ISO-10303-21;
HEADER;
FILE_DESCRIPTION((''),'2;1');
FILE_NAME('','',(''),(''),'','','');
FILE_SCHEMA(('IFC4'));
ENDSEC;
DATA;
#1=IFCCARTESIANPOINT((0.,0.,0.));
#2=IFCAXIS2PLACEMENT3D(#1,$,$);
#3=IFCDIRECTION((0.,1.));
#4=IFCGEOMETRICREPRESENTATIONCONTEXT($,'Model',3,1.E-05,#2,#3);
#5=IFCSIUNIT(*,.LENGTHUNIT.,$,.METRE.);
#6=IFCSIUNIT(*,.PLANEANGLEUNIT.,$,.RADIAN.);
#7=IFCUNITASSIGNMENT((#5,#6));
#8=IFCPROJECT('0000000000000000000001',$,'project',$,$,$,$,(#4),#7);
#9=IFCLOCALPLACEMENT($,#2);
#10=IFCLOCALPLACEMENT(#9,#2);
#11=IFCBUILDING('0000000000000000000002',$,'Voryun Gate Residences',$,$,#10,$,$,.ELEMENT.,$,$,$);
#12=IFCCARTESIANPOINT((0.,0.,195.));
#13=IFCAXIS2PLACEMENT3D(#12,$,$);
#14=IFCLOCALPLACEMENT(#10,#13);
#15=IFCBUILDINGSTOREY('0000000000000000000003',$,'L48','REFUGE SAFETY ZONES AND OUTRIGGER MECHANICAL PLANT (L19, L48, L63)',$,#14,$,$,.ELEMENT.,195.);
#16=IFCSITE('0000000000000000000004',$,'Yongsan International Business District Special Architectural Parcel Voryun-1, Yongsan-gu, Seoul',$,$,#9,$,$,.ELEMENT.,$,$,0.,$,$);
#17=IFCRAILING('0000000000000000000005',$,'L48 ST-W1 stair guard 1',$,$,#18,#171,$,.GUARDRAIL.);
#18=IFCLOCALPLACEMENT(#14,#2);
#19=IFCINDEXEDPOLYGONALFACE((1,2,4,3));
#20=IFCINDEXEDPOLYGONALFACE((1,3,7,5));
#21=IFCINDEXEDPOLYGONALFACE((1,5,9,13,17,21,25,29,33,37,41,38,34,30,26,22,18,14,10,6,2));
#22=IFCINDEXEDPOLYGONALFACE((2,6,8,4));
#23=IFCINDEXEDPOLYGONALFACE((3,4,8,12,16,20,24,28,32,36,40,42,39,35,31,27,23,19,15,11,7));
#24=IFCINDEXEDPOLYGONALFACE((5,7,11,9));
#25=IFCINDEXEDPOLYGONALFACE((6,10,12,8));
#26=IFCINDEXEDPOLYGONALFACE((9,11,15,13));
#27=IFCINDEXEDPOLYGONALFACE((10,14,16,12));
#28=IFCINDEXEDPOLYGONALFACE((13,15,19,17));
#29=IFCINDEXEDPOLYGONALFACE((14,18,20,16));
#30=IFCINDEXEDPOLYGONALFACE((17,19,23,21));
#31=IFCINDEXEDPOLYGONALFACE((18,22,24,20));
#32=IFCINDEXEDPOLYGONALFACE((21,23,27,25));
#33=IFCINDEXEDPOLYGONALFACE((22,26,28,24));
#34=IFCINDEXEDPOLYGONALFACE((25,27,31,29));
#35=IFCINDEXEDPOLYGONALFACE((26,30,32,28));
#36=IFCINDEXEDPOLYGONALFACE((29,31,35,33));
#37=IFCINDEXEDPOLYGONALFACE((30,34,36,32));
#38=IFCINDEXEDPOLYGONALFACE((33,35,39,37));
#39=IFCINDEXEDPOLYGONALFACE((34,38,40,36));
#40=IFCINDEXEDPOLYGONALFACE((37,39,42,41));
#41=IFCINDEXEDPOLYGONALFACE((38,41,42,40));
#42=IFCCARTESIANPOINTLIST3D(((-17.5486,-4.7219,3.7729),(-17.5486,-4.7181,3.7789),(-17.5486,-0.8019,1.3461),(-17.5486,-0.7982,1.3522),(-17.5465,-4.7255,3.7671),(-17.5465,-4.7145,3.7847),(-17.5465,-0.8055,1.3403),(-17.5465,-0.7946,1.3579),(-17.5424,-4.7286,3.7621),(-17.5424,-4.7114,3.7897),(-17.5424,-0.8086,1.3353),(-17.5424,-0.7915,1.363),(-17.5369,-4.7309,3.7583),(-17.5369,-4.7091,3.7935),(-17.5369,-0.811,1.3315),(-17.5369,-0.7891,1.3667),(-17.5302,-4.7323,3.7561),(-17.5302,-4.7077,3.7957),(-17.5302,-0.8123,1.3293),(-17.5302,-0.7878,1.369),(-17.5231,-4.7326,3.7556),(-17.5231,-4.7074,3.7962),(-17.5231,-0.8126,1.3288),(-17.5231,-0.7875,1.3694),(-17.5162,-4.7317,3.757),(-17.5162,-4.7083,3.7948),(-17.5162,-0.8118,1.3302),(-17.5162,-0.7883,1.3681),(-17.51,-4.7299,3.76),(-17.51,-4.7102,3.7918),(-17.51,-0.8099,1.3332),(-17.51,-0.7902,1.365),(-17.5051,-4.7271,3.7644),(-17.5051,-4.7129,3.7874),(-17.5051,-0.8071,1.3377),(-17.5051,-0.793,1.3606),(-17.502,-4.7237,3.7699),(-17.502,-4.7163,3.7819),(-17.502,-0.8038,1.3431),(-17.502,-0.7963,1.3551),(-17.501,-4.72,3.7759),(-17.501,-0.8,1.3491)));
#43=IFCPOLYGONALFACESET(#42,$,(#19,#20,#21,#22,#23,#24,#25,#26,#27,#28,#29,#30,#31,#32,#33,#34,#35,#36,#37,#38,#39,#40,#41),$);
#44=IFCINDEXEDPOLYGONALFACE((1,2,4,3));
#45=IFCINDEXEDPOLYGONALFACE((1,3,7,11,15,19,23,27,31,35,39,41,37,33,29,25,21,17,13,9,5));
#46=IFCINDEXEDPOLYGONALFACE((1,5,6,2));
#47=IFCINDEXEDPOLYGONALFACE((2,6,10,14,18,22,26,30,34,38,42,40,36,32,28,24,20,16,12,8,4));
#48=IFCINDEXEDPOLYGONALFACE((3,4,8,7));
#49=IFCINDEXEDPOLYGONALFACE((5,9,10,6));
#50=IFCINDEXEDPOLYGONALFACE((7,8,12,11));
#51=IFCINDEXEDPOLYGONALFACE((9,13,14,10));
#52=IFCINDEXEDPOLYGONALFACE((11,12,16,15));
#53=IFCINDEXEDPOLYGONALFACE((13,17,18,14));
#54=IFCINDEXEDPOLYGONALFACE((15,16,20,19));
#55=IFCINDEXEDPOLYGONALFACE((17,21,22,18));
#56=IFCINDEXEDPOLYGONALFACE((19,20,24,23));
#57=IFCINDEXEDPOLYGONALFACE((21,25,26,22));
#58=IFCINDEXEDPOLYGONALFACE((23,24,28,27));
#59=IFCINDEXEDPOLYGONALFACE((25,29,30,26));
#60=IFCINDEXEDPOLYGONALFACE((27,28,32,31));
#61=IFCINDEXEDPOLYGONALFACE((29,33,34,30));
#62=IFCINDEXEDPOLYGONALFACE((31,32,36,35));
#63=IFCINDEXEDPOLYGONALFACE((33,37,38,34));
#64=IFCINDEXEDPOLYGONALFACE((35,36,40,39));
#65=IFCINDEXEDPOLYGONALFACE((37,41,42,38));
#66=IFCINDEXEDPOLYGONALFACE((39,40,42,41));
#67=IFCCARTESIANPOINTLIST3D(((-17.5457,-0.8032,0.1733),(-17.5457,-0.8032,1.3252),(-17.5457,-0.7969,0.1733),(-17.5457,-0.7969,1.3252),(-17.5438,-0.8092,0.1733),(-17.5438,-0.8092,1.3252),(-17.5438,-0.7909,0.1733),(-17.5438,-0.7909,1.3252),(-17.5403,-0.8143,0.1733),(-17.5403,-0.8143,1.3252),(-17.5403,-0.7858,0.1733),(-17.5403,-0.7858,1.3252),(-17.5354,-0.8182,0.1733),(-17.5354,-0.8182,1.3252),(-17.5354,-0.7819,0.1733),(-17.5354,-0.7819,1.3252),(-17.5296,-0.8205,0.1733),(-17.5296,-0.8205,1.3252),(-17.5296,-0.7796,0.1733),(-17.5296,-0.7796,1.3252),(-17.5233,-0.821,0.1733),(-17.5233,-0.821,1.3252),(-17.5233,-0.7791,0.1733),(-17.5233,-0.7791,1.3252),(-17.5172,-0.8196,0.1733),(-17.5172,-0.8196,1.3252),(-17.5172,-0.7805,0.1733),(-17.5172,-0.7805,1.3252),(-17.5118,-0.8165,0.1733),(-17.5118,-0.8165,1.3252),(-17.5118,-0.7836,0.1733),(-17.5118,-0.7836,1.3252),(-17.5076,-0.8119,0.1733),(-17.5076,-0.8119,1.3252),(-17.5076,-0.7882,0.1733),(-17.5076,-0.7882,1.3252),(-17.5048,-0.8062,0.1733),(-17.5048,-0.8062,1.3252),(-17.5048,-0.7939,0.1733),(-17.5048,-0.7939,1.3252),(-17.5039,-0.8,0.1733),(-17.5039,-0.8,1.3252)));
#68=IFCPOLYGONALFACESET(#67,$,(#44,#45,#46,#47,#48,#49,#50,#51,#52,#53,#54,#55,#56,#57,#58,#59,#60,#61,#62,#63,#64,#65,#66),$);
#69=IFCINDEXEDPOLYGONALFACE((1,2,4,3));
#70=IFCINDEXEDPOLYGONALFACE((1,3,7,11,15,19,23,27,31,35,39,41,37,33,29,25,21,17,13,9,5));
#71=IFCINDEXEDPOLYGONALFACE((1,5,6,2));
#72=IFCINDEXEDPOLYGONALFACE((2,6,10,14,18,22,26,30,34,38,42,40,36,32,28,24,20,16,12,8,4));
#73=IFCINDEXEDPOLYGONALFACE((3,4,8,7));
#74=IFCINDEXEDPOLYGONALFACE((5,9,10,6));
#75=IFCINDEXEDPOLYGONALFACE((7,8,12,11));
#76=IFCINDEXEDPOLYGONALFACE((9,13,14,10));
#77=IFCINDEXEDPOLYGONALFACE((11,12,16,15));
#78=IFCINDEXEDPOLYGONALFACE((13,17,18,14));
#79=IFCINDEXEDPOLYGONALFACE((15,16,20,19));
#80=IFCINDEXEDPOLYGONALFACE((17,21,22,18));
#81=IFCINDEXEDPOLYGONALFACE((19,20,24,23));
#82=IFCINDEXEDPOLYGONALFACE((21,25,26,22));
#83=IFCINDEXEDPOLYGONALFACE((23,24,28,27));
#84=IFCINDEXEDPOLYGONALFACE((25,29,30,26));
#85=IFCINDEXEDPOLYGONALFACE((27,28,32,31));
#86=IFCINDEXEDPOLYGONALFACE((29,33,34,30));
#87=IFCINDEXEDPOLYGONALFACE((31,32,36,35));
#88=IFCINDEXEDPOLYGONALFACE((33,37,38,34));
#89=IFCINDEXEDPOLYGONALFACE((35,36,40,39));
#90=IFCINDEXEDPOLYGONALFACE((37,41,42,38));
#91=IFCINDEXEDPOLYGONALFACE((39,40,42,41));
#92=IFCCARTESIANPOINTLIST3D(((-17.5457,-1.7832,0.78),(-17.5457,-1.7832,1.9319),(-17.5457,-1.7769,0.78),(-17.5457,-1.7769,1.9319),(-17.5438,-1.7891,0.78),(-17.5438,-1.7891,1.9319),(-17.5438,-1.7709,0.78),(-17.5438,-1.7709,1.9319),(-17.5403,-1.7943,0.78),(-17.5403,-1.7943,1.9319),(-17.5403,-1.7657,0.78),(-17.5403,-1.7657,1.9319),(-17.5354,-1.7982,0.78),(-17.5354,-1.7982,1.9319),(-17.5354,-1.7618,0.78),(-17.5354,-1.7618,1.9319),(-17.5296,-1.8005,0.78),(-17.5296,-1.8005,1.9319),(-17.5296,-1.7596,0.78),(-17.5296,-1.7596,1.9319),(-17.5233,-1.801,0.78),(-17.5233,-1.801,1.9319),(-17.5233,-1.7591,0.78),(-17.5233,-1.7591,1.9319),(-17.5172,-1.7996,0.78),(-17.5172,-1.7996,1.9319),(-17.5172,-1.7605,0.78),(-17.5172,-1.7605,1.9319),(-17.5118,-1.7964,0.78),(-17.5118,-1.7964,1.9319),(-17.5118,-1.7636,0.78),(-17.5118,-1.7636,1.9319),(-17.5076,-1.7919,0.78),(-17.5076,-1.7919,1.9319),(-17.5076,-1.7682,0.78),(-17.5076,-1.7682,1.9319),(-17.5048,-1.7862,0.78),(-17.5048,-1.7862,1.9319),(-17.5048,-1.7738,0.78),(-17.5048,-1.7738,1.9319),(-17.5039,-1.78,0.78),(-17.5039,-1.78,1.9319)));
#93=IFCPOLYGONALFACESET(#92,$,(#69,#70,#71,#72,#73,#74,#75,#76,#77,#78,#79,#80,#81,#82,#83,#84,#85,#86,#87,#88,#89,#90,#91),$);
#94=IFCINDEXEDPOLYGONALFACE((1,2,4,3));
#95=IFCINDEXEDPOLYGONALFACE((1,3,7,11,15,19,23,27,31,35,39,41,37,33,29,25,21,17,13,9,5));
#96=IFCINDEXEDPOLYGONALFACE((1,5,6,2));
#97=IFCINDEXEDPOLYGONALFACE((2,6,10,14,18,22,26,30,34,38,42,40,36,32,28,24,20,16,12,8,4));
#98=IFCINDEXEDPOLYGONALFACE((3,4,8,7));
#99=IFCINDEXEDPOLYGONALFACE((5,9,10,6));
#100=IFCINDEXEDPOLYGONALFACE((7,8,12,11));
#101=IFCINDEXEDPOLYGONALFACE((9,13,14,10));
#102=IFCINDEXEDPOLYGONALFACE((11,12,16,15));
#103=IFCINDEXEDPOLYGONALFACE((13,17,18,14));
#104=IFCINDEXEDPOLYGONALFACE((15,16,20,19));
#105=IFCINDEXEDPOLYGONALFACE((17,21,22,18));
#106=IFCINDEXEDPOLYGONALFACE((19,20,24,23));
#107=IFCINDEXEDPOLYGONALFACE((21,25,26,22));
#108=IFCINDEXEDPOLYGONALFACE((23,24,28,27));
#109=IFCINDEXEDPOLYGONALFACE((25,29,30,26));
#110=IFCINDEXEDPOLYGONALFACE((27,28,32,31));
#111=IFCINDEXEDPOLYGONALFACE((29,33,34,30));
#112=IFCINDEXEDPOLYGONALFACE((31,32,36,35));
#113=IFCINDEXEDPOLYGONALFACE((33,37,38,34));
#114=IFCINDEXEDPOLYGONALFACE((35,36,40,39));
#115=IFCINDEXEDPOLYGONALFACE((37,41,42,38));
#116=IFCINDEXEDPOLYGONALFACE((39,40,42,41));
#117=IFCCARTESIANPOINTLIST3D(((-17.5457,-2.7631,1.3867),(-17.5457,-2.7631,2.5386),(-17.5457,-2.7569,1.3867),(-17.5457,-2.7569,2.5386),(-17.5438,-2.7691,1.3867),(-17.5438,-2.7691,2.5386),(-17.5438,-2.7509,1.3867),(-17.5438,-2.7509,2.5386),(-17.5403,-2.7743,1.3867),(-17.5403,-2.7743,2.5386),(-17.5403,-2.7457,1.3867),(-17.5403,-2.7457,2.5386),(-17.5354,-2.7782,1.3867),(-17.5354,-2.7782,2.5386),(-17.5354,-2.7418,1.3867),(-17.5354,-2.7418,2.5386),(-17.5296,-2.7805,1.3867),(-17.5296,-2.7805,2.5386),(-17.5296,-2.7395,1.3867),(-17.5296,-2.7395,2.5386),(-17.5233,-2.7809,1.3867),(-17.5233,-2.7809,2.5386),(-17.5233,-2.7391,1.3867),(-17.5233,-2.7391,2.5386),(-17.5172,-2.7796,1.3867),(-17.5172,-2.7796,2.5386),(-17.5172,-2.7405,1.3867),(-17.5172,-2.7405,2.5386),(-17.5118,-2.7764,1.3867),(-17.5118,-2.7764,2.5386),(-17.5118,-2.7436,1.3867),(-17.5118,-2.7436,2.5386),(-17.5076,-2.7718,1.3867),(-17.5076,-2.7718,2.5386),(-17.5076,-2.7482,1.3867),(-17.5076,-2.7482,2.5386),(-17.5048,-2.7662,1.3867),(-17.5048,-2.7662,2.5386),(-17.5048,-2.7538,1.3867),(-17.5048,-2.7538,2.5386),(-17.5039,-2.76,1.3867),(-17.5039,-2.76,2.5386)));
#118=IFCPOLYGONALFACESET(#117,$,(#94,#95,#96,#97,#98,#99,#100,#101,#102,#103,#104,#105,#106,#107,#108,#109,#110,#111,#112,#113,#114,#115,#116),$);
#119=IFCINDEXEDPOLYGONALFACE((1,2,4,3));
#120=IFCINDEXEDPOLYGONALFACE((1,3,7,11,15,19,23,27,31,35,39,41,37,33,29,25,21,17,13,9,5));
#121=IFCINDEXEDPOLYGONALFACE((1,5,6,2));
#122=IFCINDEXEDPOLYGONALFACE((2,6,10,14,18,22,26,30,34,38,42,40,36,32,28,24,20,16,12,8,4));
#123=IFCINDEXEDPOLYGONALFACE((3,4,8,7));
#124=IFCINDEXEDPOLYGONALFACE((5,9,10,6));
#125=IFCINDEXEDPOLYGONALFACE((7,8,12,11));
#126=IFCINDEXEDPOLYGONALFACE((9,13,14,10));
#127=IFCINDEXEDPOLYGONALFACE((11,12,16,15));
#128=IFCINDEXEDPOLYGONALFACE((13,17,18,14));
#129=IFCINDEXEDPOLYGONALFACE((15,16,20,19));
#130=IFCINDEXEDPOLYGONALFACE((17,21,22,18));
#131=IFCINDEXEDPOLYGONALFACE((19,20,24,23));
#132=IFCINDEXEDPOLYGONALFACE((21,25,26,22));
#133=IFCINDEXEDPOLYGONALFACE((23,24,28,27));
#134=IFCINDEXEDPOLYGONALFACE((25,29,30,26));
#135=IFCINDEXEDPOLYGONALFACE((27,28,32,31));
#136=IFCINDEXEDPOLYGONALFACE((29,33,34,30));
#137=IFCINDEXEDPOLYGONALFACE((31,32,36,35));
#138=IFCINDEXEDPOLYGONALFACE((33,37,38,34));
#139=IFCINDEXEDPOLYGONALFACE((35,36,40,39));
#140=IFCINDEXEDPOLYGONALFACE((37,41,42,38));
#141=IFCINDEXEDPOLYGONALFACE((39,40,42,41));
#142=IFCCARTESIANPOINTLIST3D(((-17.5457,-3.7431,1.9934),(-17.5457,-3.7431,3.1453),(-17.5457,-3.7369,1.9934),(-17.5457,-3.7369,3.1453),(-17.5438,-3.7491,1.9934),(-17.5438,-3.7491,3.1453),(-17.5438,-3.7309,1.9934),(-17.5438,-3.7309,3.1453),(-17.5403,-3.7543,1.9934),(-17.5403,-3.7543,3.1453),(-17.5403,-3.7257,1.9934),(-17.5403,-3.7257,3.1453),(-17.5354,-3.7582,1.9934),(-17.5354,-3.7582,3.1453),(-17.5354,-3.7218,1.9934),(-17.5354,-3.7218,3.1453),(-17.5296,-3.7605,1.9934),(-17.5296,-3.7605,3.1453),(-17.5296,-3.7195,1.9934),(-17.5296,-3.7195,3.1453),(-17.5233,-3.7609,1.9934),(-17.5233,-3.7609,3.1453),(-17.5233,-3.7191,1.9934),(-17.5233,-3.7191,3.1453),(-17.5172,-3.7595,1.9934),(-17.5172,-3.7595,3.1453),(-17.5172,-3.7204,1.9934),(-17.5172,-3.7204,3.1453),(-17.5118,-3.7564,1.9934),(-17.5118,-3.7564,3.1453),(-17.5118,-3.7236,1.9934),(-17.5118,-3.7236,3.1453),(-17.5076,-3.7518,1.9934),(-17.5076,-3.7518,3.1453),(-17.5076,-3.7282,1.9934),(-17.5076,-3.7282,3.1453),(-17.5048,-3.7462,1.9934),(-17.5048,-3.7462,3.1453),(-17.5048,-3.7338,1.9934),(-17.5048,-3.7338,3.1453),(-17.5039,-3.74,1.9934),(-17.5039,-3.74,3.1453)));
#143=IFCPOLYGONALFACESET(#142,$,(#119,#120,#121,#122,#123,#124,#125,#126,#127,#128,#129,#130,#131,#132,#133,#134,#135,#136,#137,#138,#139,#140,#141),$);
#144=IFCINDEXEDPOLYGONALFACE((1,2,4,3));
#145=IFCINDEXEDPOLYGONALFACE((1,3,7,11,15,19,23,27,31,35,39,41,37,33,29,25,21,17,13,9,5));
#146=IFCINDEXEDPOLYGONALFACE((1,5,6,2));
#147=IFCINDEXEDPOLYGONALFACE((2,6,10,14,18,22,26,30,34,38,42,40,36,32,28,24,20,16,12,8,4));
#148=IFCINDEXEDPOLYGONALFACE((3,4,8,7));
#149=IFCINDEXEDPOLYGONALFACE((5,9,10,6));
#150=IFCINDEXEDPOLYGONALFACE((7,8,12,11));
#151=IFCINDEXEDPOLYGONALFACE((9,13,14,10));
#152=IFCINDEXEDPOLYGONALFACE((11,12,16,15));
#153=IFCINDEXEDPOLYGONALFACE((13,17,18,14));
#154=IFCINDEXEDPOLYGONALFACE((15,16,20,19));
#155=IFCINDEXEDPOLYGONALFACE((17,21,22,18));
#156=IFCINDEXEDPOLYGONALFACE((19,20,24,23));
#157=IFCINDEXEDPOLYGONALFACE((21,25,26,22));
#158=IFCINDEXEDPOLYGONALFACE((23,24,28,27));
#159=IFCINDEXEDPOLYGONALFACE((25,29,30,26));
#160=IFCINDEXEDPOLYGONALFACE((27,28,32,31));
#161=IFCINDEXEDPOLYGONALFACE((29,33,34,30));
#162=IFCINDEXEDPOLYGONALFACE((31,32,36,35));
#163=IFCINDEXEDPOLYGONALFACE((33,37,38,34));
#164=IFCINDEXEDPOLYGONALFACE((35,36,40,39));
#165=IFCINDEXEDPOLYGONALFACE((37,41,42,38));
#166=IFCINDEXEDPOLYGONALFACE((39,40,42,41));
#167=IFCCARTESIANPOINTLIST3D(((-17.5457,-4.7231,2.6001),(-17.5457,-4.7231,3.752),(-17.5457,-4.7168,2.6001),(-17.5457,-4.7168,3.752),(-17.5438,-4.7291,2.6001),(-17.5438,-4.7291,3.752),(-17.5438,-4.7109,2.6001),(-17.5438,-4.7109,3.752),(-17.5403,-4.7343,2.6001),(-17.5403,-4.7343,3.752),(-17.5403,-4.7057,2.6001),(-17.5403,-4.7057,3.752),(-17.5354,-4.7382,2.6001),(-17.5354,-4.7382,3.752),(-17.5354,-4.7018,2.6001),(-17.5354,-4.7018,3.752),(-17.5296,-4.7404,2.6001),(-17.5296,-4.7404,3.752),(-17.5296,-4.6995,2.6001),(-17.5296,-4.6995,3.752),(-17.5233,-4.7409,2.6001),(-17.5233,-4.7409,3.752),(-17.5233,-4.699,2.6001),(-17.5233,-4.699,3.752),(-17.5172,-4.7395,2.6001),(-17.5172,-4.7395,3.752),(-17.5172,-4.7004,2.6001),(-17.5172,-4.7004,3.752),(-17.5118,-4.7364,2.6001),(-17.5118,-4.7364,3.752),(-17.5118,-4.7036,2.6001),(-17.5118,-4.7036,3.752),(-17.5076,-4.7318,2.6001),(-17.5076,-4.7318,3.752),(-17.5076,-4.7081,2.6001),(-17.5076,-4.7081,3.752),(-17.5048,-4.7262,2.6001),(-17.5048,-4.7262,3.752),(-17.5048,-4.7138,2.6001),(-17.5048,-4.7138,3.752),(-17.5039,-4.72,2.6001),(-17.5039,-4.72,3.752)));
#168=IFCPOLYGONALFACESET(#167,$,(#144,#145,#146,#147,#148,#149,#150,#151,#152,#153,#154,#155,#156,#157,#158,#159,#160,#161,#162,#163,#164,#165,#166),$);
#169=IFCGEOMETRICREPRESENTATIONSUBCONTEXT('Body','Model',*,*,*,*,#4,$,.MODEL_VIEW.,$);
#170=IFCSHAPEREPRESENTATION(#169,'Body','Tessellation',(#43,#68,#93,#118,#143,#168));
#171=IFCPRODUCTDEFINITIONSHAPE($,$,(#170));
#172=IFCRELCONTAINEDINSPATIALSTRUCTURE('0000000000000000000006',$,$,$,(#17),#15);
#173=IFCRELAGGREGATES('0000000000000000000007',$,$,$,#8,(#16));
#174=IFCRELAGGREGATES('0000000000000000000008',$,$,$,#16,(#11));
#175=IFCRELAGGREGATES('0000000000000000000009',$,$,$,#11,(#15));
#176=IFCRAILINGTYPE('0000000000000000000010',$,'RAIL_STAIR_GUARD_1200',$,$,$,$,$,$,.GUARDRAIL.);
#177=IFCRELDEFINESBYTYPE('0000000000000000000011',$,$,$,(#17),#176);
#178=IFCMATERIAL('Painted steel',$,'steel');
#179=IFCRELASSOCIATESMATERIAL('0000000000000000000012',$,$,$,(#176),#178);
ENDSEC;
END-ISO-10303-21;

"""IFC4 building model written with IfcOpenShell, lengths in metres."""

from ifc_helpers import new_model, si_unit, direction, frame, origin, origin_2d, place, context, subcontext, project, spatial, circle, extrude, material, type_object, element, save


model = new_model("IFC4")

# Units and contexts
model_context = context("Model", 3, precision=1e-05, world=origin(), true_north=direction((0.0, 1.0)))
body_context = subcontext(model_context, "Body", "Model", "MODEL_VIEW")
ifc_project = project(units=[si_unit("LENGTHUNIT", "METRE"), si_unit("PLANEANGLEUNIT", "RADIAN")], contexts=[model_context])

# Site, building, storey
site_placement = place(None, origin())
site = spatial("IfcSite", under=ifc_project, at=site_placement, Name="Yongsan International Business District Special Architectural Parcel Voryun-1, Yongsan-gu, Seoul", CompositionType="ELEMENT", RefElevation=0.0)
building_placement = place(site_placement, origin())
building = spatial("IfcBuilding", under=site, at=building_placement, Name="Voryun Gate Residences", CompositionType="ELEMENT")
storey_placement = place(building_placement, frame((0.0, 0.0, 195.0)))
storey = spatial("IfcBuildingStorey", under=building, at=storey_placement, Name="L48", Description="REFUGE SAFETY ZONES AND OUTRIGGER MECHANICAL PLANT (L19, L48, L63)", CompositionType="ELEMENT", Elevation=195.0)

# Railing
ifc_material_1 = material(Name="Painted steel", Category="steel")
railing_type = type_object("IfcRailingType", Name="RAIL_STAIR_GUARD_1200", PredefinedType="GUARDRAIL", material=ifc_material_1)
railing_1_placement = place(storey_placement, frame((-17.5249, -0.8, 0.1733)))
element("IfcRailing", 1, at=railing_1_placement, inside=storey, type_object=railing_type, Name="L48 ST-W1 stair guard 1", PredefinedType="GUARDRAIL", context=body_context, shape_type="SweptSolid", body=[
    extrude(circle(Radius=0.0239, at=origin_2d()), frame((0.0, 0.0, 1.1758), z_axis=(0.0, -0.850252, 0.526376), x_axis=(1.0, 0.0, 0.0)), (0.0, 0.0, 1.0), 4.6104),
    extrude(circle(Radius=0.021, at=origin_2d()), origin(), (0.0, 0.0, 1.0), 1.1519),
    extrude(circle(Radius=0.021, at=origin_2d()), frame((0.0, -0.98, 0.6067)), (0.0, 0.0, 1.0), 1.1519),
    extrude(circle(Radius=0.021, at=origin_2d()), frame((0.0, -1.96, 1.2134)), (0.0, 0.0, 1.0), 1.1519),
    extrude(circle(Radius=0.021, at=origin_2d()), frame((0.0, -2.9399, 1.8201)), (0.0, 0.0, 1.0), 1.1519),
    extrude(circle(Radius=0.021, at=origin_2d()), frame((0.0, -3.9199, 2.4268)), (0.0, 0.0, 1.0), 1.1519),
])

save(model, "model.ifc")
